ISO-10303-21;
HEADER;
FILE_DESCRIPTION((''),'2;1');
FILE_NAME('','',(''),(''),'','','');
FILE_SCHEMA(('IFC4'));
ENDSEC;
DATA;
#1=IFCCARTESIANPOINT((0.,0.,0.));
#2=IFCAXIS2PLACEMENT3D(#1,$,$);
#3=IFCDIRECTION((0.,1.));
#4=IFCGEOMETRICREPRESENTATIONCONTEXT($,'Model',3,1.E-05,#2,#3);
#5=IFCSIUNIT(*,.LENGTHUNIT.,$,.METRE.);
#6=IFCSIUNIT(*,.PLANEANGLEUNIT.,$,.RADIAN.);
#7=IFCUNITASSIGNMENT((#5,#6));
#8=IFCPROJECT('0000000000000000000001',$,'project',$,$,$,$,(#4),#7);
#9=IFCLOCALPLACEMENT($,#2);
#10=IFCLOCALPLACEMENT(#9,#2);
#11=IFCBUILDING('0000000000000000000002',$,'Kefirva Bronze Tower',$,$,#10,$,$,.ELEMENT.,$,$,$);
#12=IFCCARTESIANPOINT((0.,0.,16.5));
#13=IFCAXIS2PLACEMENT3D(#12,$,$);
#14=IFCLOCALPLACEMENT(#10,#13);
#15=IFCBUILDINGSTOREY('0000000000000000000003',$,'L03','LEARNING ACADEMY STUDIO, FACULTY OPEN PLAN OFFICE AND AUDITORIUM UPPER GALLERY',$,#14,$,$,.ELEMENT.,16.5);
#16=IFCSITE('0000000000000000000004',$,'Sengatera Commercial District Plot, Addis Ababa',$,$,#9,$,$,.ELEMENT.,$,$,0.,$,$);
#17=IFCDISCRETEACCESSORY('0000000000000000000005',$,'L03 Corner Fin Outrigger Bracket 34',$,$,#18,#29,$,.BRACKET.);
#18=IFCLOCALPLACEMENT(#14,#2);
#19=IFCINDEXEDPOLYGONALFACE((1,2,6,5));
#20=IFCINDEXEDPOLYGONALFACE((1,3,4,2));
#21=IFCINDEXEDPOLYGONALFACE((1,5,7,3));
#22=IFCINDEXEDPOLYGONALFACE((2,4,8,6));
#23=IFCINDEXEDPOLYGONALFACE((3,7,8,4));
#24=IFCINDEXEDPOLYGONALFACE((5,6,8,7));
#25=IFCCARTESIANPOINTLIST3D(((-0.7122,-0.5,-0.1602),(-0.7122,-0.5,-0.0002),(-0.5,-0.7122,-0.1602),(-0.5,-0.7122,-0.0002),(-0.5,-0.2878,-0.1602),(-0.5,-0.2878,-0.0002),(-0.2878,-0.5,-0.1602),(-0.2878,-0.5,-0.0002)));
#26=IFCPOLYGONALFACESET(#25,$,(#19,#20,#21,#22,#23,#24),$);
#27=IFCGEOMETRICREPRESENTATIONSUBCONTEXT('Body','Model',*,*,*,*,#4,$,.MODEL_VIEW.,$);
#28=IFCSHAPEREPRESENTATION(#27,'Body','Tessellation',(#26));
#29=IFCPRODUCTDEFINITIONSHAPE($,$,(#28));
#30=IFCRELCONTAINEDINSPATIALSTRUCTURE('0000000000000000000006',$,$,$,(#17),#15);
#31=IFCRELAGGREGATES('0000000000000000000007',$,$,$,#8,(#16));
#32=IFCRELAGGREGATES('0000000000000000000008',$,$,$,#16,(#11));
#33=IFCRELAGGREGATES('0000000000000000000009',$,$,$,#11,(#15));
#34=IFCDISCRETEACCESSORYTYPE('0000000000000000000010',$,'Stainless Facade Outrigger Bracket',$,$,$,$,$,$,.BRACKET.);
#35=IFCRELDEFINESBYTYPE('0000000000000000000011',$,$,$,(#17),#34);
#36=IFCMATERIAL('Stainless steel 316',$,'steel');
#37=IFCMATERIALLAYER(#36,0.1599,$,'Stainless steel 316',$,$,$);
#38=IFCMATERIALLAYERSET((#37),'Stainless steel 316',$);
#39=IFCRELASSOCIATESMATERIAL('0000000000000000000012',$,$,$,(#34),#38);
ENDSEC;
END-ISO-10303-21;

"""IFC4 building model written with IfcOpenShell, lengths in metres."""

from ifc_helpers import new_model, si_unit, direction, frame, origin, origin_2d, place, context, subcontext, project, spatial, rectangle, extrude, material, layer, layer_set, type_object, element, save


model = new_model("IFC4")

# Units and contexts
model_context = context("Model", 3, precision=1e-05, world=origin(), true_north=direction((0.0, 1.0)))
body_context = subcontext(model_context, "Body", "Model", "MODEL_VIEW")
ifc_project = project(units=[si_unit("LENGTHUNIT", "METRE"), si_unit("PLANEANGLEUNIT", "RADIAN")], contexts=[model_context])

# Site, building, storey
site_placement = place(None, origin())
site = spatial("IfcSite", under=ifc_project, at=site_placement, Name="Sengatera Commercial District Plot, Addis Ababa", CompositionType="ELEMENT", RefElevation=0.0)
building_placement = place(site_placement, origin())
building = spatial("IfcBuilding", under=site, at=building_placement, Name="Kefirva Bronze Tower", CompositionType="ELEMENT")
storey_placement = place(building_placement, frame((0.0, 0.0, 16.5)))
storey = spatial("IfcBuildingStorey", under=building, at=storey_placement, Name="L03", Description="LEARNING ACADEMY STUDIO, FACULTY OPEN PLAN OFFICE AND AUDITORIUM UPPER GALLERY", CompositionType="ELEMENT", Elevation=16.5)

# Discrete accessory
ifc_material_1 = material(Name="Stainless steel 316", Category="steel")
ifc_layer_1 = layer(ifc_material_1, 0.1599, Name="Stainless steel 316")
ifc_layer_set_1 = layer_set([ifc_layer_1], Name="Stainless steel 316")
discrete_accessory_type = type_object("IfcDiscreteAccessoryType", Name="Stainless Facade Outrigger Bracket", PredefinedType="BRACKET", material=ifc_layer_set_1)
discrete_accessory_placement = place(storey_placement, frame((-0.5, -0.5, -0.1602), z_axis=(0.0, 0.0, 1.0), x_axis=(0.707107, -0.707107, 0.0)))
element("IfcDiscreteAccessory", 1, at=discrete_accessory_placement, inside=storey, type_object=discrete_accessory_type, Name="L03 Corner Fin Outrigger Bracket 34", PredefinedType="BRACKET", context=body_context, shape_type="SweptSolid", body=[
    extrude(rectangle(XDim=0.3, YDim=0.3, at=origin_2d()), origin(), (0.0, 0.0, 1.0), 0.1599),
])

save(model, "model.ifc")
